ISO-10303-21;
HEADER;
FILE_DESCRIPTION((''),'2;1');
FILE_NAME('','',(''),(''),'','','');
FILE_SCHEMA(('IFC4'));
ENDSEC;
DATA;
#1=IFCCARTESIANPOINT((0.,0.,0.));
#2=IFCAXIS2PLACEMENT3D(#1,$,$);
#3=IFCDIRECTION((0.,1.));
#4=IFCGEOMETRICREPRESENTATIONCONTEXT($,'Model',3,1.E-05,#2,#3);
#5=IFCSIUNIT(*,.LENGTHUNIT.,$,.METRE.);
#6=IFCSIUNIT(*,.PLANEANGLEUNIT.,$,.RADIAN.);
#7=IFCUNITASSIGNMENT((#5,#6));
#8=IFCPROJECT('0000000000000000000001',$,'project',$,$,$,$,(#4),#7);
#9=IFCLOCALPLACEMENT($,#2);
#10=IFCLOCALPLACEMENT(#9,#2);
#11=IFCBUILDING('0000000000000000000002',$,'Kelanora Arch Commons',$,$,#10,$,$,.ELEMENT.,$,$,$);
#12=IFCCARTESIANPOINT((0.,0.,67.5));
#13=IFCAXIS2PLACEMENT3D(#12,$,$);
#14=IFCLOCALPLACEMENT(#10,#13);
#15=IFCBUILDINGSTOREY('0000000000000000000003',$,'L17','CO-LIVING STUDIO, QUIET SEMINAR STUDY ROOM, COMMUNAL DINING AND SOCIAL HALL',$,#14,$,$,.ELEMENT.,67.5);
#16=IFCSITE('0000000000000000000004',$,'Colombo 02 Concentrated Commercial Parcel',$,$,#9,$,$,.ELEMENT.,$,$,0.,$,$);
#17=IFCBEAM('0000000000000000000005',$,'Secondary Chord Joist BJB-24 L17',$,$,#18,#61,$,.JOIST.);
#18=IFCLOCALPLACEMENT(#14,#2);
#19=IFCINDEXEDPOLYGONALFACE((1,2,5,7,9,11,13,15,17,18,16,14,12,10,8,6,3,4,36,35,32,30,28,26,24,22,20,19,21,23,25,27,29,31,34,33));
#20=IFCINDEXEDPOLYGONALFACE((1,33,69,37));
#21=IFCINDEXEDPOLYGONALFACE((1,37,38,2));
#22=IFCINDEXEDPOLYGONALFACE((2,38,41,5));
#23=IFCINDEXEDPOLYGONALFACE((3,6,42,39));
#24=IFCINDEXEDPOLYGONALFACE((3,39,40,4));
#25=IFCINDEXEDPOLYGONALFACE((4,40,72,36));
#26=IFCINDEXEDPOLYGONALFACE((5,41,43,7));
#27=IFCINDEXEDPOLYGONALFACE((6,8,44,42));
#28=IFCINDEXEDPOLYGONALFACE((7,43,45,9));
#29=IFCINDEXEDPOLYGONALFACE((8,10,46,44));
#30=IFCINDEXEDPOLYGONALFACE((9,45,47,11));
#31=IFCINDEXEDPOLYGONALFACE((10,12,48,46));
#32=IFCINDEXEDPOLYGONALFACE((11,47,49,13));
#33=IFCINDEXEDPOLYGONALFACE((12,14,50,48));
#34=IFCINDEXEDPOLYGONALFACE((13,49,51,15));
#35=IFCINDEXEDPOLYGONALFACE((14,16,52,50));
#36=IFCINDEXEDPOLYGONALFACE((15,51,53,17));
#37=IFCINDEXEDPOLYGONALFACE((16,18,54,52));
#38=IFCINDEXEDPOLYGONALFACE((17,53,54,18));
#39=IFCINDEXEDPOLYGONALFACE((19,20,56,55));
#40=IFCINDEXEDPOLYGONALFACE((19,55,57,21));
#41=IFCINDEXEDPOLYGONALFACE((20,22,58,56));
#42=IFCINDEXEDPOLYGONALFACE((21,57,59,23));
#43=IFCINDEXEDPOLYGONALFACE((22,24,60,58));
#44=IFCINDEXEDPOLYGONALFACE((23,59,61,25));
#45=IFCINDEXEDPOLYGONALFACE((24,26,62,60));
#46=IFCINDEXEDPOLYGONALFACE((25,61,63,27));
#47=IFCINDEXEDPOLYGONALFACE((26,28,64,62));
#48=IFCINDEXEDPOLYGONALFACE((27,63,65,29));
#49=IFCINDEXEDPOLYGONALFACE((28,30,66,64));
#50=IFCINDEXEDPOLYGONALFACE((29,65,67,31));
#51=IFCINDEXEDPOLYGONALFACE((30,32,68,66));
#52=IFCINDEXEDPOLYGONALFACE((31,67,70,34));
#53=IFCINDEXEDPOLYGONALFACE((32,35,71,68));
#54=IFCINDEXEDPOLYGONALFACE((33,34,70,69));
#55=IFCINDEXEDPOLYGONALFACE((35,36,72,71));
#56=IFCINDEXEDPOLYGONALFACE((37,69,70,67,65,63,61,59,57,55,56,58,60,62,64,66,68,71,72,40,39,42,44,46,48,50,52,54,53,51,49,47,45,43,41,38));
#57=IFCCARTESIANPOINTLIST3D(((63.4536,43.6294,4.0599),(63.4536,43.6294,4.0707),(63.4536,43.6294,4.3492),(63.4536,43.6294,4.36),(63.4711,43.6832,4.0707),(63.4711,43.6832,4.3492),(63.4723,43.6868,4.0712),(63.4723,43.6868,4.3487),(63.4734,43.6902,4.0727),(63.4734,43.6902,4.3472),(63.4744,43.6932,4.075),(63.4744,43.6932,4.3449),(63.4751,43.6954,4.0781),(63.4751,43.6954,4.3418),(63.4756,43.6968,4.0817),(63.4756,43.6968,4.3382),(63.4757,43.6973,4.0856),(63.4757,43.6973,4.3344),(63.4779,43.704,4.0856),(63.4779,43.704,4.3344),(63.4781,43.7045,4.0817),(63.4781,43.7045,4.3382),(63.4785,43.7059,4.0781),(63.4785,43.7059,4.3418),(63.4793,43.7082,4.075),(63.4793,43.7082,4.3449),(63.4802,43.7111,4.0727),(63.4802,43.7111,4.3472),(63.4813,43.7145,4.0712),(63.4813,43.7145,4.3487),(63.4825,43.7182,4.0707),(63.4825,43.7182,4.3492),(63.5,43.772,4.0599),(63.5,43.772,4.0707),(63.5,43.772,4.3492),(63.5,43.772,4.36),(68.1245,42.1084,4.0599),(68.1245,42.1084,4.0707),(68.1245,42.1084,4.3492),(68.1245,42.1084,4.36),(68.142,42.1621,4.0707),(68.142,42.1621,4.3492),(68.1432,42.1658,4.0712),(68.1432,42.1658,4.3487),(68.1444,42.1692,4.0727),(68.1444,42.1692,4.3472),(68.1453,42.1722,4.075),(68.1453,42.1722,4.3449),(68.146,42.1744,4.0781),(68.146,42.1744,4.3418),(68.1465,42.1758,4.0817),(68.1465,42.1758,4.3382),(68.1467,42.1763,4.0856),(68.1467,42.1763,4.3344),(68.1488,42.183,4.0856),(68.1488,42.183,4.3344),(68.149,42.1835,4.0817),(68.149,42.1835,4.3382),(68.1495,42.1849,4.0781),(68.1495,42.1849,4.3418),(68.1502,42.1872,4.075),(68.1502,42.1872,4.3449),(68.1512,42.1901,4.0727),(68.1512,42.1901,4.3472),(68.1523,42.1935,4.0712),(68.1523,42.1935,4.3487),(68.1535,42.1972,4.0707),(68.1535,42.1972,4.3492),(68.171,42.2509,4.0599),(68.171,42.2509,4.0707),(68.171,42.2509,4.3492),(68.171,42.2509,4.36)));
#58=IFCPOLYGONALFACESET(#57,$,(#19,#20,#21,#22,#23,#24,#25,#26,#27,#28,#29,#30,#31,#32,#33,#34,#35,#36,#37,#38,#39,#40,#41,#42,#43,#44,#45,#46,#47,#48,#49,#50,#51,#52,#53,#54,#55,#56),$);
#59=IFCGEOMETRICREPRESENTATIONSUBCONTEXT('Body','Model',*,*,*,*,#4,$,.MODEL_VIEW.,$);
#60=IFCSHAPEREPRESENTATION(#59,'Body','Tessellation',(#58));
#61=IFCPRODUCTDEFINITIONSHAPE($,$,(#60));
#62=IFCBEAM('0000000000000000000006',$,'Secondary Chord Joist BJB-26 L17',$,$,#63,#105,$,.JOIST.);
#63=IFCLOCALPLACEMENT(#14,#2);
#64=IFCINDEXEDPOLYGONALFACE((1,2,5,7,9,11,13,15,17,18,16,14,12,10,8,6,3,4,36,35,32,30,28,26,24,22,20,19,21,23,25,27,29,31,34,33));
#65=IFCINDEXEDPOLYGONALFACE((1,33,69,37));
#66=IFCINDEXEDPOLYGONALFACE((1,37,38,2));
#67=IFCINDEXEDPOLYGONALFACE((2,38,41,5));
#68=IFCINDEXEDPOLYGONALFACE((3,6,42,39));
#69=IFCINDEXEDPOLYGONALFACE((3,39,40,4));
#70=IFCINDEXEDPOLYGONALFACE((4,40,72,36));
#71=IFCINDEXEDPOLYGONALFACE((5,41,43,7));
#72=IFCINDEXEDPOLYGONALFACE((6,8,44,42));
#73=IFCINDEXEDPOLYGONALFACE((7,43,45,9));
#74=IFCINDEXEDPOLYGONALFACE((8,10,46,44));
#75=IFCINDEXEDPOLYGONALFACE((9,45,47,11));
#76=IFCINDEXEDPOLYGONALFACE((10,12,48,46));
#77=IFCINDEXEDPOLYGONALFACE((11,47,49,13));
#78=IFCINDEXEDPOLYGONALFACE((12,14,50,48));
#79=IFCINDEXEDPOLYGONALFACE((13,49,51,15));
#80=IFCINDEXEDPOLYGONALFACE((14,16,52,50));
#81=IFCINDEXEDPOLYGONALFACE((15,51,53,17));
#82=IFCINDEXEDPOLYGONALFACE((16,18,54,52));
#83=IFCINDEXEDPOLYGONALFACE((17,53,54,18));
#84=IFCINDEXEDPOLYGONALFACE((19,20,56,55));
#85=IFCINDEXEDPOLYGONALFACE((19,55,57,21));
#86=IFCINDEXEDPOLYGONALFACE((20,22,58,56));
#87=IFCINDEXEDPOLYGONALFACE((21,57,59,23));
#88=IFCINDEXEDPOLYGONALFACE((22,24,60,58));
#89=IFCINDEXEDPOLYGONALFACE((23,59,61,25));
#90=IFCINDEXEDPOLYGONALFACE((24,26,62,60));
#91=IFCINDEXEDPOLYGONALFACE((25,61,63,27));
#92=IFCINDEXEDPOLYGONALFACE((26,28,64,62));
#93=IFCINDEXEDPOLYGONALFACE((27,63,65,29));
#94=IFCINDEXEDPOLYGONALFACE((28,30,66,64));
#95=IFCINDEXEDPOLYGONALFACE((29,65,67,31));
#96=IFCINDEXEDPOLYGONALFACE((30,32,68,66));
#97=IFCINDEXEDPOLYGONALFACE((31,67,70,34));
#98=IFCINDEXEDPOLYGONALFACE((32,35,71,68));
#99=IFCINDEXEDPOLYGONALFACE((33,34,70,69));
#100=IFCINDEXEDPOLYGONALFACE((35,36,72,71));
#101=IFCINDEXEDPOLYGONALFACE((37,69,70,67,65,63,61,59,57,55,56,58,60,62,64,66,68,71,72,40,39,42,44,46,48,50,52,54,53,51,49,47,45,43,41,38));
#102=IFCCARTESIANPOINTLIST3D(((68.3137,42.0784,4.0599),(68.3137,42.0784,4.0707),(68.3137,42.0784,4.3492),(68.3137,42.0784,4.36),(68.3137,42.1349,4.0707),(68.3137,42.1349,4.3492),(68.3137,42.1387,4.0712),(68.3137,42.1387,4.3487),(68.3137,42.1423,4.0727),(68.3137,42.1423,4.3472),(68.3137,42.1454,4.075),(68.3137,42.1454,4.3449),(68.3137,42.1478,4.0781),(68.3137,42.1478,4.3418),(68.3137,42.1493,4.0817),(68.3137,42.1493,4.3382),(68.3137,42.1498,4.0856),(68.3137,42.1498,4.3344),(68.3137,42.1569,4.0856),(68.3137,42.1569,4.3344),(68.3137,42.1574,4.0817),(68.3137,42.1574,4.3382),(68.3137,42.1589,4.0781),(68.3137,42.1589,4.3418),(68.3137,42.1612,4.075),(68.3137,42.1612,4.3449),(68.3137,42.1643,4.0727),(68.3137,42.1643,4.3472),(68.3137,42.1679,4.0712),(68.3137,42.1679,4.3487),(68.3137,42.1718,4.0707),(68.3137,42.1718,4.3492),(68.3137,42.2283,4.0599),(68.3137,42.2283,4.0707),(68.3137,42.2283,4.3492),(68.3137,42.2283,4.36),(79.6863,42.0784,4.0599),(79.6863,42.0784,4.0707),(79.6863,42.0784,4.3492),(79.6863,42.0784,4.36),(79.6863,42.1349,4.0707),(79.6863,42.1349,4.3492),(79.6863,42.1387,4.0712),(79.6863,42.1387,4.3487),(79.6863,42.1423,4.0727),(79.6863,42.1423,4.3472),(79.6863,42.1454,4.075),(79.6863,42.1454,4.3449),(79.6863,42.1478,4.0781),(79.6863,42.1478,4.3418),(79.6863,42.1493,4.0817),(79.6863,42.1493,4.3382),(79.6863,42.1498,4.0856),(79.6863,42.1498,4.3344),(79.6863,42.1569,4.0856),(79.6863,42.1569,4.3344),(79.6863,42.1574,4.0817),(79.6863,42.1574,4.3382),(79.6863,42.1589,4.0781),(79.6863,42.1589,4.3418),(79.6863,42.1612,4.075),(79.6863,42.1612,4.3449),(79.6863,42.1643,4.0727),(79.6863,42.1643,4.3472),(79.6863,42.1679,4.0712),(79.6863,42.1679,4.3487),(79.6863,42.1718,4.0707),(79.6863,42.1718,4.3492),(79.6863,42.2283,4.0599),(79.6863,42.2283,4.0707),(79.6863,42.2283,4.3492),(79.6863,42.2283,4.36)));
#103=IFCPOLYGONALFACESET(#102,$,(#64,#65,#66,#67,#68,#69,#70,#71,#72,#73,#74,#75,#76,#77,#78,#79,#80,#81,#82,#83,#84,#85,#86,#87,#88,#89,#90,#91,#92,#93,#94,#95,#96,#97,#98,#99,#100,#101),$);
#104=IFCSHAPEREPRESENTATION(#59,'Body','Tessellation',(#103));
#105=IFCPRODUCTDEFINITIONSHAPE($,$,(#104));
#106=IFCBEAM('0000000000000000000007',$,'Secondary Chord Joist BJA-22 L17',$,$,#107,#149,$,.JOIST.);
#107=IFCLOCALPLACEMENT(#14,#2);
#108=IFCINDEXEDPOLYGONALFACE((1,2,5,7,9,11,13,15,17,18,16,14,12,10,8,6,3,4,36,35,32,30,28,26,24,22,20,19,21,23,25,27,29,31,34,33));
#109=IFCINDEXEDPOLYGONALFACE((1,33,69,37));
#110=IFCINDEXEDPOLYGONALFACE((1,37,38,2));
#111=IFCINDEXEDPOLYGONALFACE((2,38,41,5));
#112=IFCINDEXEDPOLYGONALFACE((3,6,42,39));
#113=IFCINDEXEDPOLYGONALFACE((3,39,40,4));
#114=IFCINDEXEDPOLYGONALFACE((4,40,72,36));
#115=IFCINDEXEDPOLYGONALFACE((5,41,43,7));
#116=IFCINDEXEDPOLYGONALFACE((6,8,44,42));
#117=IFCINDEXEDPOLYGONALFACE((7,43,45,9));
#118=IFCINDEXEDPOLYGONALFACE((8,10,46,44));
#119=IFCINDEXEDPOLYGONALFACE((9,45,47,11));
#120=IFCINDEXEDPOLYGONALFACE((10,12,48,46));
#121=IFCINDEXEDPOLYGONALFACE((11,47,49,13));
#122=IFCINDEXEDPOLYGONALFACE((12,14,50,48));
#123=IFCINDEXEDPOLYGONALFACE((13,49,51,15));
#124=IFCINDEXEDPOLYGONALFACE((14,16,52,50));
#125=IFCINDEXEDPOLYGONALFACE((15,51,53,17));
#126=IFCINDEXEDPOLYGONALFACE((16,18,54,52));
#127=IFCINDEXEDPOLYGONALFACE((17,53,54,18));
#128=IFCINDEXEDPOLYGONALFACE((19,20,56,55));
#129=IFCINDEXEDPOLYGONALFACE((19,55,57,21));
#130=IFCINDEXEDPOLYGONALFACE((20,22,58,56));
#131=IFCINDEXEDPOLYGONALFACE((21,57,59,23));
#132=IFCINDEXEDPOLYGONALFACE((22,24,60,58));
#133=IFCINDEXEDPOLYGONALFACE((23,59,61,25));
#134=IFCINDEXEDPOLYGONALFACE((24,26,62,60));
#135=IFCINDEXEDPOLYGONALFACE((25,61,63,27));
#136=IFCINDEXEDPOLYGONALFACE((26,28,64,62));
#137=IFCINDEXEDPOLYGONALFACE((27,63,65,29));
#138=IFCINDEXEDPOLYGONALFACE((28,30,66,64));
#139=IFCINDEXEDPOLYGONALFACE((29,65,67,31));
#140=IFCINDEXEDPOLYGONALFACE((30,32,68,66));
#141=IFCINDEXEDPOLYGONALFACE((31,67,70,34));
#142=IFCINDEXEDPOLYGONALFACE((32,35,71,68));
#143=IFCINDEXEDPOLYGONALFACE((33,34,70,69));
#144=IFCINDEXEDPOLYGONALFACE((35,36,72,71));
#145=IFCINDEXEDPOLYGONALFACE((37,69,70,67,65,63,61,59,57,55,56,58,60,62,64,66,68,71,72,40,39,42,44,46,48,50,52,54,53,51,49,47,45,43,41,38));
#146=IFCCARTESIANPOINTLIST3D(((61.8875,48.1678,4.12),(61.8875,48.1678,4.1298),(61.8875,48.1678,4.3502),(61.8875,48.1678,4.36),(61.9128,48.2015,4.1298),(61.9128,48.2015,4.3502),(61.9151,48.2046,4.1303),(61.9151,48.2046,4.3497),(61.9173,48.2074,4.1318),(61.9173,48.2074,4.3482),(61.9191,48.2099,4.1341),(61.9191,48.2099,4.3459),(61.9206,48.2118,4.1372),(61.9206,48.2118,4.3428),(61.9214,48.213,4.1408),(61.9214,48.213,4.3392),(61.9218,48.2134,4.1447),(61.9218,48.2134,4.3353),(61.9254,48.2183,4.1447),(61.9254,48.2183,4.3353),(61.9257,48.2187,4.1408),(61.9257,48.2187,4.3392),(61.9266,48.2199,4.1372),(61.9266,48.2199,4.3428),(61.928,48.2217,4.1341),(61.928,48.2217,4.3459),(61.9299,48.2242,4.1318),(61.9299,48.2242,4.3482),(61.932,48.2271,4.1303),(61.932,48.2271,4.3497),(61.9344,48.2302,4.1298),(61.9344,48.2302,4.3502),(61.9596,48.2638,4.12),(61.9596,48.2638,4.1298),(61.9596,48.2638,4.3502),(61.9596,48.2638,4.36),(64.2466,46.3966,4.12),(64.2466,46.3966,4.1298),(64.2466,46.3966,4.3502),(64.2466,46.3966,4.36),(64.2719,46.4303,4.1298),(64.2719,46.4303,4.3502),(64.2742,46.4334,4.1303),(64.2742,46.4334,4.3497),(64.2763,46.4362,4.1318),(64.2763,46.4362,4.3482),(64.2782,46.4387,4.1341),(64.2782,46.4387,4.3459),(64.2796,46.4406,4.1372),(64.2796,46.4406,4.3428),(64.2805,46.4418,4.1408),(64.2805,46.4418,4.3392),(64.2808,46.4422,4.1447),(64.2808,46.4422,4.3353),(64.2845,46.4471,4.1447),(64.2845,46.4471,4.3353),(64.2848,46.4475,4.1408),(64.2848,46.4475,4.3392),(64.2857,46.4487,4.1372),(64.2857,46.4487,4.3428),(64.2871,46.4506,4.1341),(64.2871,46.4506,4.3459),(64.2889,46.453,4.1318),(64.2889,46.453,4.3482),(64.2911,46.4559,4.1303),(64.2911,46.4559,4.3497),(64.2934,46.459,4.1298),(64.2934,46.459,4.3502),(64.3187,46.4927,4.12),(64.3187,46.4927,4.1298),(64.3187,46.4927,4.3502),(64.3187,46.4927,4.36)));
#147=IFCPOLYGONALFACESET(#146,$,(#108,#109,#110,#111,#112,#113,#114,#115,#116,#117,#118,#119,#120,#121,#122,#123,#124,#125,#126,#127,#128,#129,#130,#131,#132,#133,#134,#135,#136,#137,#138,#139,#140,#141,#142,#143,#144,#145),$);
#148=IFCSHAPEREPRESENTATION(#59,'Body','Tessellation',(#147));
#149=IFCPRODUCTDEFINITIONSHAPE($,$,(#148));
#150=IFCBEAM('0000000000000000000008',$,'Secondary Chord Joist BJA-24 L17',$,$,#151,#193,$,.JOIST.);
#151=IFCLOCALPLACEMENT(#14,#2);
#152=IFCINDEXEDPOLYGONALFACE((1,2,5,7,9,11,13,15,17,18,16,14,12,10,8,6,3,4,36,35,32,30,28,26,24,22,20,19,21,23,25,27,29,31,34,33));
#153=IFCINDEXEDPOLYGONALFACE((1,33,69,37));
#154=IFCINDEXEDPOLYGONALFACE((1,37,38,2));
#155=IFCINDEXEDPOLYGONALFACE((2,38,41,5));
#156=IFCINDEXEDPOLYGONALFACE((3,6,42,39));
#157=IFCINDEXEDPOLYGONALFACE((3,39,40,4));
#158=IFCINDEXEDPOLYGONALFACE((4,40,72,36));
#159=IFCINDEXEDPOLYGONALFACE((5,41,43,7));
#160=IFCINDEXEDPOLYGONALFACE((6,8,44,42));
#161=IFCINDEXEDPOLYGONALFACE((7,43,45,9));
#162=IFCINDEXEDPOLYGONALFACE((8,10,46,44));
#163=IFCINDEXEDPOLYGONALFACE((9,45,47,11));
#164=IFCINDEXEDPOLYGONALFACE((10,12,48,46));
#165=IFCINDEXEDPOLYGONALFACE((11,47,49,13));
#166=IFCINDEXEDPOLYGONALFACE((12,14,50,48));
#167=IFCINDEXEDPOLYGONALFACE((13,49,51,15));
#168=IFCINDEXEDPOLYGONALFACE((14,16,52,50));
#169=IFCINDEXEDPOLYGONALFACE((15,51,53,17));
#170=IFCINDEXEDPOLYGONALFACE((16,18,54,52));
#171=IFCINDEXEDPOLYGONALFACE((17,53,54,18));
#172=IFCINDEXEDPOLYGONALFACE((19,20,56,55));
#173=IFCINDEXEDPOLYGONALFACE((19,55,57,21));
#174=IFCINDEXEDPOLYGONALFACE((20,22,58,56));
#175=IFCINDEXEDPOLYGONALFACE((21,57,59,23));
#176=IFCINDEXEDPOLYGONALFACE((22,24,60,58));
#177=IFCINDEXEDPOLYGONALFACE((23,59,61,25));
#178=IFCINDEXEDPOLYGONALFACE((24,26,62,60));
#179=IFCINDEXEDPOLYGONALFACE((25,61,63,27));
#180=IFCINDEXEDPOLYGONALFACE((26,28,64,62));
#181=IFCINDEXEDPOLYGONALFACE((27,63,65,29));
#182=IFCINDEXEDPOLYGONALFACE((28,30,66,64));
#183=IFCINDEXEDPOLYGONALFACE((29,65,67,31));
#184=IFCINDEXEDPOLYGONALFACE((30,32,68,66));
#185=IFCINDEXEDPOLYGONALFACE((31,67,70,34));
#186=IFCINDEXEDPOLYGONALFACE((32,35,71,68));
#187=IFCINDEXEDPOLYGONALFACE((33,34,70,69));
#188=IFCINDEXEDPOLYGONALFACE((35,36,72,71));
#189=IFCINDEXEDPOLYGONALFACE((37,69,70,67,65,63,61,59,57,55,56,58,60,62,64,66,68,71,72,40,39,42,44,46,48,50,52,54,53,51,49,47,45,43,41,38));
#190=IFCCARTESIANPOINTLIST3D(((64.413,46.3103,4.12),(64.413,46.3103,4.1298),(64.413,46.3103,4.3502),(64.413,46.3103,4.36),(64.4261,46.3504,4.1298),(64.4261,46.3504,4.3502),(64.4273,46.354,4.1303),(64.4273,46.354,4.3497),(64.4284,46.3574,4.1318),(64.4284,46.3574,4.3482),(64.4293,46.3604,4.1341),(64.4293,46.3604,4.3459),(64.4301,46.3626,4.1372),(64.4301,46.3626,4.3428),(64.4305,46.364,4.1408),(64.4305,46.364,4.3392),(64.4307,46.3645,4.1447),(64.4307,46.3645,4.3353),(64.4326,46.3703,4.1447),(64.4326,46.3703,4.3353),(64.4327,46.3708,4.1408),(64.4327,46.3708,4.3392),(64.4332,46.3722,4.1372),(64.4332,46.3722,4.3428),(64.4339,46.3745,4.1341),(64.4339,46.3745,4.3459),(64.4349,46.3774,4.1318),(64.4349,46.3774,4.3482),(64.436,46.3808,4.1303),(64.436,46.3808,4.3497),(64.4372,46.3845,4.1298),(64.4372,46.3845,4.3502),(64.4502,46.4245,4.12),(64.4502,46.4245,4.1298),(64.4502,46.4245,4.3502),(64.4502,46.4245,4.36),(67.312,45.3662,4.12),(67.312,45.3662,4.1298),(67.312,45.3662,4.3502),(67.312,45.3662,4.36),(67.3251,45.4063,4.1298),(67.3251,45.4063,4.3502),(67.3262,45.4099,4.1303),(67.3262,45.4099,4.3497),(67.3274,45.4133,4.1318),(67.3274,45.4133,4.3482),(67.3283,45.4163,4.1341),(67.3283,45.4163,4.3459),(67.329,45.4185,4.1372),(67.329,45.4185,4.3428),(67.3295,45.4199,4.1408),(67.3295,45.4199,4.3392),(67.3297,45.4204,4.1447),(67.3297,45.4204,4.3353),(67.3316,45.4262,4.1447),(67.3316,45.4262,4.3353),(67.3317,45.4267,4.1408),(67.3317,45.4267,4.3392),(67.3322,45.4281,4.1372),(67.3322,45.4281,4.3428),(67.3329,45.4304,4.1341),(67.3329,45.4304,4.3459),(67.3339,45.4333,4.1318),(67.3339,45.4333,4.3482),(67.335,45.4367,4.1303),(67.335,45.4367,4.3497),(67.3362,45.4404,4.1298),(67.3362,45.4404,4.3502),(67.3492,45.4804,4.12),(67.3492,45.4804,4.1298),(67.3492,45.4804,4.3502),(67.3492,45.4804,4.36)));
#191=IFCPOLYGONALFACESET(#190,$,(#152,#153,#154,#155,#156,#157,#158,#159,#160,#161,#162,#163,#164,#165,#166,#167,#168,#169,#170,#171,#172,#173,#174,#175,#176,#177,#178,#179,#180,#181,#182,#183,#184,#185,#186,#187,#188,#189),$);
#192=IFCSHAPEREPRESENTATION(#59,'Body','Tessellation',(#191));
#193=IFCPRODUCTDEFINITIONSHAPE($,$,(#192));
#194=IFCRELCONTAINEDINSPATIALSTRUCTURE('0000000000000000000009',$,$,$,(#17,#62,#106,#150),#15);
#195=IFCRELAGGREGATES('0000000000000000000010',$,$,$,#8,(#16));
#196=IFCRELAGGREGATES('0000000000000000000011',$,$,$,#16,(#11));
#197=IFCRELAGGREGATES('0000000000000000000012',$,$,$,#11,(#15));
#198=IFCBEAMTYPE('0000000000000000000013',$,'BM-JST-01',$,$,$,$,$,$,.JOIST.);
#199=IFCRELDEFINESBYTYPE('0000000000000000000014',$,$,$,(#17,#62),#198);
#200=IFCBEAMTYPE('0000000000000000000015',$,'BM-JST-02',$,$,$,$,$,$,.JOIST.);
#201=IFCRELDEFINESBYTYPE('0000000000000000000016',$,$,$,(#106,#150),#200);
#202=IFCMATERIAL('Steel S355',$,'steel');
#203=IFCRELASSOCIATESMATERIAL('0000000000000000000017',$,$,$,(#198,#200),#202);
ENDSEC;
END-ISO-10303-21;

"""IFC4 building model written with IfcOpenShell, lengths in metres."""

from ifc_helpers import new_model, si_unit, direction, frame, origin, origin_2d, place, context, subcontext, project, spatial, i_section, extrude, material, material_profile, profile_set, type_object, element, save


model = new_model("IFC4")

# Units and contexts
model_context = context("Model", 3, precision=1e-05, world=origin(), true_north=direction((0.0, 1.0)))
body_context = subcontext(model_context, "Body", "Model", "MODEL_VIEW")
ifc_project = project(units=[si_unit("LENGTHUNIT", "METRE"), si_unit("PLANEANGLEUNIT", "RADIAN")], contexts=[model_context])

# Site, building, storey
site_placement = place(None, origin())
site = spatial("IfcSite", under=ifc_project, at=site_placement, Name="Colombo 02 Concentrated Commercial Parcel", CompositionType="ELEMENT", RefElevation=0.0)
building_placement = place(site_placement, origin())
building = spatial("IfcBuilding", under=site, at=building_placement, Name="Kelanora Arch Commons", CompositionType="ELEMENT")
storey_placement = place(building_placement, frame((0.0, 0.0, 67.5)))
storey = spatial("IfcBuildingStorey", under=building, at=storey_placement, Name="L17", Description="CO-LIVING STUDIO, QUIET SEMINAR STUDY ROOM, COMMUNAL DINING AND SOCIAL HALL", CompositionType="ELEMENT", Elevation=67.5)

# Beams
ifc_material_1 = material(Name="Steel S355", Category="steel")
ifc_material_profile_1 = material_profile(ifc_material_1, i_section(OverallWidth=0.1499, OverallDepth=0.3, WebThickness=0.0071, FlangeThickness=0.0107, FilletRadius=0.0149, at=origin_2d()), Name="IPE300")
ifc_profile_set_1 = profile_set([ifc_material_profile_1], Name="Steel S355")
beam_type_1 = type_object("IfcBeamType", Name="BM-JST-01", PredefinedType="JOIST", material=ifc_profile_set_1)
beam_1_placement = place(storey_placement, frame((63.4768, 43.7007, 4.21), z_axis=(0.950857, -0.30963, 0.0), x_axis=(0.30963, 0.950857, 0.0)))
element("IfcBeam", 1, at=beam_1_placement, inside=storey, type_object=beam_type_1, Name="Secondary Chord Joist BJB-24 L17", PredefinedType="JOIST", context=body_context, shape_type="SweptSolid", body=[
    extrude(i_section(OverallWidth=0.1499, OverallDepth=0.3, WebThickness=0.0071, FlangeThickness=0.0107, FilletRadius=0.0149, at=origin_2d()), origin(), (0.0, 0.0, 1.0), 4.9124),
])
beam_2_placement = place(storey_placement, frame((68.3137, 42.1533, 4.21), z_axis=(1.0, 0.0, 0.0), x_axis=(0.0, 1.0, 0.0)))
element("IfcBeam", 2, at=beam_2_placement, inside=storey, type_object=beam_type_1, Name="Secondary Chord Joist BJB-26 L17", PredefinedType="JOIST", context=body_context, shape_type="SweptSolid", body=[
    extrude(i_section(OverallWidth=0.1499, OverallDepth=0.3, WebThickness=0.0071, FlangeThickness=0.0107, FilletRadius=0.0149, at=origin_2d()), origin(), (0.0, 0.0, 1.0), 11.3726),
])
ifc_material_profile_2 = material_profile(ifc_material_1, i_section(OverallWidth=0.1201, OverallDepth=0.24, WebThickness=0.0061, FlangeThickness=0.0098, FilletRadius=0.0149, at=origin_2d()), Name="IPE240")
ifc_profile_set_2 = profile_set([ifc_material_profile_2], Name="Steel S355")
beam_type_2 = type_object("IfcBeamType", Name="BM-JST-02", PredefinedType="JOIST", material=ifc_profile_set_2)
beam_3_placement = place(storey_placement, frame((61.9236, 48.2158, 4.24), z_axis=(0.799692, -0.60041, 0.0), x_axis=(0.60041, 0.799692, 0.0)))
element("IfcBeam", 3, at=beam_3_placement, inside=storey, type_object=beam_type_2, Name="Secondary Chord Joist BJA-22 L17", PredefinedType="JOIST", context=body_context, shape_type="SweptSolid", body=[
    extrude(i_section(OverallWidth=0.1201, OverallDepth=0.24, WebThickness=0.0061, FlangeThickness=0.0098, FilletRadius=0.0149, at=origin_2d()), origin(), (0.0, 0.0, 1.0), 2.95),
])
beam_4_placement = place(storey_placement, frame((64.4316, 46.3674, 4.24), z_axis=(0.950847, -0.309662, 0.0), x_axis=(0.309662, 0.950847, 0.0)))
element("IfcBeam", 4, at=beam_4_placement, inside=storey, type_object=beam_type_2, Name="Secondary Chord Joist BJA-24 L17", PredefinedType="JOIST", context=body_context, shape_type="SweptSolid", body=[
    extrude(i_section(OverallWidth=0.1201, OverallDepth=0.24, WebThickness=0.0061, FlangeThickness=0.0098, FilletRadius=0.0149, at=origin_2d()), origin(), (0.0, 0.0, 1.0), 3.0488),
])

save(model, "model.ifc")
